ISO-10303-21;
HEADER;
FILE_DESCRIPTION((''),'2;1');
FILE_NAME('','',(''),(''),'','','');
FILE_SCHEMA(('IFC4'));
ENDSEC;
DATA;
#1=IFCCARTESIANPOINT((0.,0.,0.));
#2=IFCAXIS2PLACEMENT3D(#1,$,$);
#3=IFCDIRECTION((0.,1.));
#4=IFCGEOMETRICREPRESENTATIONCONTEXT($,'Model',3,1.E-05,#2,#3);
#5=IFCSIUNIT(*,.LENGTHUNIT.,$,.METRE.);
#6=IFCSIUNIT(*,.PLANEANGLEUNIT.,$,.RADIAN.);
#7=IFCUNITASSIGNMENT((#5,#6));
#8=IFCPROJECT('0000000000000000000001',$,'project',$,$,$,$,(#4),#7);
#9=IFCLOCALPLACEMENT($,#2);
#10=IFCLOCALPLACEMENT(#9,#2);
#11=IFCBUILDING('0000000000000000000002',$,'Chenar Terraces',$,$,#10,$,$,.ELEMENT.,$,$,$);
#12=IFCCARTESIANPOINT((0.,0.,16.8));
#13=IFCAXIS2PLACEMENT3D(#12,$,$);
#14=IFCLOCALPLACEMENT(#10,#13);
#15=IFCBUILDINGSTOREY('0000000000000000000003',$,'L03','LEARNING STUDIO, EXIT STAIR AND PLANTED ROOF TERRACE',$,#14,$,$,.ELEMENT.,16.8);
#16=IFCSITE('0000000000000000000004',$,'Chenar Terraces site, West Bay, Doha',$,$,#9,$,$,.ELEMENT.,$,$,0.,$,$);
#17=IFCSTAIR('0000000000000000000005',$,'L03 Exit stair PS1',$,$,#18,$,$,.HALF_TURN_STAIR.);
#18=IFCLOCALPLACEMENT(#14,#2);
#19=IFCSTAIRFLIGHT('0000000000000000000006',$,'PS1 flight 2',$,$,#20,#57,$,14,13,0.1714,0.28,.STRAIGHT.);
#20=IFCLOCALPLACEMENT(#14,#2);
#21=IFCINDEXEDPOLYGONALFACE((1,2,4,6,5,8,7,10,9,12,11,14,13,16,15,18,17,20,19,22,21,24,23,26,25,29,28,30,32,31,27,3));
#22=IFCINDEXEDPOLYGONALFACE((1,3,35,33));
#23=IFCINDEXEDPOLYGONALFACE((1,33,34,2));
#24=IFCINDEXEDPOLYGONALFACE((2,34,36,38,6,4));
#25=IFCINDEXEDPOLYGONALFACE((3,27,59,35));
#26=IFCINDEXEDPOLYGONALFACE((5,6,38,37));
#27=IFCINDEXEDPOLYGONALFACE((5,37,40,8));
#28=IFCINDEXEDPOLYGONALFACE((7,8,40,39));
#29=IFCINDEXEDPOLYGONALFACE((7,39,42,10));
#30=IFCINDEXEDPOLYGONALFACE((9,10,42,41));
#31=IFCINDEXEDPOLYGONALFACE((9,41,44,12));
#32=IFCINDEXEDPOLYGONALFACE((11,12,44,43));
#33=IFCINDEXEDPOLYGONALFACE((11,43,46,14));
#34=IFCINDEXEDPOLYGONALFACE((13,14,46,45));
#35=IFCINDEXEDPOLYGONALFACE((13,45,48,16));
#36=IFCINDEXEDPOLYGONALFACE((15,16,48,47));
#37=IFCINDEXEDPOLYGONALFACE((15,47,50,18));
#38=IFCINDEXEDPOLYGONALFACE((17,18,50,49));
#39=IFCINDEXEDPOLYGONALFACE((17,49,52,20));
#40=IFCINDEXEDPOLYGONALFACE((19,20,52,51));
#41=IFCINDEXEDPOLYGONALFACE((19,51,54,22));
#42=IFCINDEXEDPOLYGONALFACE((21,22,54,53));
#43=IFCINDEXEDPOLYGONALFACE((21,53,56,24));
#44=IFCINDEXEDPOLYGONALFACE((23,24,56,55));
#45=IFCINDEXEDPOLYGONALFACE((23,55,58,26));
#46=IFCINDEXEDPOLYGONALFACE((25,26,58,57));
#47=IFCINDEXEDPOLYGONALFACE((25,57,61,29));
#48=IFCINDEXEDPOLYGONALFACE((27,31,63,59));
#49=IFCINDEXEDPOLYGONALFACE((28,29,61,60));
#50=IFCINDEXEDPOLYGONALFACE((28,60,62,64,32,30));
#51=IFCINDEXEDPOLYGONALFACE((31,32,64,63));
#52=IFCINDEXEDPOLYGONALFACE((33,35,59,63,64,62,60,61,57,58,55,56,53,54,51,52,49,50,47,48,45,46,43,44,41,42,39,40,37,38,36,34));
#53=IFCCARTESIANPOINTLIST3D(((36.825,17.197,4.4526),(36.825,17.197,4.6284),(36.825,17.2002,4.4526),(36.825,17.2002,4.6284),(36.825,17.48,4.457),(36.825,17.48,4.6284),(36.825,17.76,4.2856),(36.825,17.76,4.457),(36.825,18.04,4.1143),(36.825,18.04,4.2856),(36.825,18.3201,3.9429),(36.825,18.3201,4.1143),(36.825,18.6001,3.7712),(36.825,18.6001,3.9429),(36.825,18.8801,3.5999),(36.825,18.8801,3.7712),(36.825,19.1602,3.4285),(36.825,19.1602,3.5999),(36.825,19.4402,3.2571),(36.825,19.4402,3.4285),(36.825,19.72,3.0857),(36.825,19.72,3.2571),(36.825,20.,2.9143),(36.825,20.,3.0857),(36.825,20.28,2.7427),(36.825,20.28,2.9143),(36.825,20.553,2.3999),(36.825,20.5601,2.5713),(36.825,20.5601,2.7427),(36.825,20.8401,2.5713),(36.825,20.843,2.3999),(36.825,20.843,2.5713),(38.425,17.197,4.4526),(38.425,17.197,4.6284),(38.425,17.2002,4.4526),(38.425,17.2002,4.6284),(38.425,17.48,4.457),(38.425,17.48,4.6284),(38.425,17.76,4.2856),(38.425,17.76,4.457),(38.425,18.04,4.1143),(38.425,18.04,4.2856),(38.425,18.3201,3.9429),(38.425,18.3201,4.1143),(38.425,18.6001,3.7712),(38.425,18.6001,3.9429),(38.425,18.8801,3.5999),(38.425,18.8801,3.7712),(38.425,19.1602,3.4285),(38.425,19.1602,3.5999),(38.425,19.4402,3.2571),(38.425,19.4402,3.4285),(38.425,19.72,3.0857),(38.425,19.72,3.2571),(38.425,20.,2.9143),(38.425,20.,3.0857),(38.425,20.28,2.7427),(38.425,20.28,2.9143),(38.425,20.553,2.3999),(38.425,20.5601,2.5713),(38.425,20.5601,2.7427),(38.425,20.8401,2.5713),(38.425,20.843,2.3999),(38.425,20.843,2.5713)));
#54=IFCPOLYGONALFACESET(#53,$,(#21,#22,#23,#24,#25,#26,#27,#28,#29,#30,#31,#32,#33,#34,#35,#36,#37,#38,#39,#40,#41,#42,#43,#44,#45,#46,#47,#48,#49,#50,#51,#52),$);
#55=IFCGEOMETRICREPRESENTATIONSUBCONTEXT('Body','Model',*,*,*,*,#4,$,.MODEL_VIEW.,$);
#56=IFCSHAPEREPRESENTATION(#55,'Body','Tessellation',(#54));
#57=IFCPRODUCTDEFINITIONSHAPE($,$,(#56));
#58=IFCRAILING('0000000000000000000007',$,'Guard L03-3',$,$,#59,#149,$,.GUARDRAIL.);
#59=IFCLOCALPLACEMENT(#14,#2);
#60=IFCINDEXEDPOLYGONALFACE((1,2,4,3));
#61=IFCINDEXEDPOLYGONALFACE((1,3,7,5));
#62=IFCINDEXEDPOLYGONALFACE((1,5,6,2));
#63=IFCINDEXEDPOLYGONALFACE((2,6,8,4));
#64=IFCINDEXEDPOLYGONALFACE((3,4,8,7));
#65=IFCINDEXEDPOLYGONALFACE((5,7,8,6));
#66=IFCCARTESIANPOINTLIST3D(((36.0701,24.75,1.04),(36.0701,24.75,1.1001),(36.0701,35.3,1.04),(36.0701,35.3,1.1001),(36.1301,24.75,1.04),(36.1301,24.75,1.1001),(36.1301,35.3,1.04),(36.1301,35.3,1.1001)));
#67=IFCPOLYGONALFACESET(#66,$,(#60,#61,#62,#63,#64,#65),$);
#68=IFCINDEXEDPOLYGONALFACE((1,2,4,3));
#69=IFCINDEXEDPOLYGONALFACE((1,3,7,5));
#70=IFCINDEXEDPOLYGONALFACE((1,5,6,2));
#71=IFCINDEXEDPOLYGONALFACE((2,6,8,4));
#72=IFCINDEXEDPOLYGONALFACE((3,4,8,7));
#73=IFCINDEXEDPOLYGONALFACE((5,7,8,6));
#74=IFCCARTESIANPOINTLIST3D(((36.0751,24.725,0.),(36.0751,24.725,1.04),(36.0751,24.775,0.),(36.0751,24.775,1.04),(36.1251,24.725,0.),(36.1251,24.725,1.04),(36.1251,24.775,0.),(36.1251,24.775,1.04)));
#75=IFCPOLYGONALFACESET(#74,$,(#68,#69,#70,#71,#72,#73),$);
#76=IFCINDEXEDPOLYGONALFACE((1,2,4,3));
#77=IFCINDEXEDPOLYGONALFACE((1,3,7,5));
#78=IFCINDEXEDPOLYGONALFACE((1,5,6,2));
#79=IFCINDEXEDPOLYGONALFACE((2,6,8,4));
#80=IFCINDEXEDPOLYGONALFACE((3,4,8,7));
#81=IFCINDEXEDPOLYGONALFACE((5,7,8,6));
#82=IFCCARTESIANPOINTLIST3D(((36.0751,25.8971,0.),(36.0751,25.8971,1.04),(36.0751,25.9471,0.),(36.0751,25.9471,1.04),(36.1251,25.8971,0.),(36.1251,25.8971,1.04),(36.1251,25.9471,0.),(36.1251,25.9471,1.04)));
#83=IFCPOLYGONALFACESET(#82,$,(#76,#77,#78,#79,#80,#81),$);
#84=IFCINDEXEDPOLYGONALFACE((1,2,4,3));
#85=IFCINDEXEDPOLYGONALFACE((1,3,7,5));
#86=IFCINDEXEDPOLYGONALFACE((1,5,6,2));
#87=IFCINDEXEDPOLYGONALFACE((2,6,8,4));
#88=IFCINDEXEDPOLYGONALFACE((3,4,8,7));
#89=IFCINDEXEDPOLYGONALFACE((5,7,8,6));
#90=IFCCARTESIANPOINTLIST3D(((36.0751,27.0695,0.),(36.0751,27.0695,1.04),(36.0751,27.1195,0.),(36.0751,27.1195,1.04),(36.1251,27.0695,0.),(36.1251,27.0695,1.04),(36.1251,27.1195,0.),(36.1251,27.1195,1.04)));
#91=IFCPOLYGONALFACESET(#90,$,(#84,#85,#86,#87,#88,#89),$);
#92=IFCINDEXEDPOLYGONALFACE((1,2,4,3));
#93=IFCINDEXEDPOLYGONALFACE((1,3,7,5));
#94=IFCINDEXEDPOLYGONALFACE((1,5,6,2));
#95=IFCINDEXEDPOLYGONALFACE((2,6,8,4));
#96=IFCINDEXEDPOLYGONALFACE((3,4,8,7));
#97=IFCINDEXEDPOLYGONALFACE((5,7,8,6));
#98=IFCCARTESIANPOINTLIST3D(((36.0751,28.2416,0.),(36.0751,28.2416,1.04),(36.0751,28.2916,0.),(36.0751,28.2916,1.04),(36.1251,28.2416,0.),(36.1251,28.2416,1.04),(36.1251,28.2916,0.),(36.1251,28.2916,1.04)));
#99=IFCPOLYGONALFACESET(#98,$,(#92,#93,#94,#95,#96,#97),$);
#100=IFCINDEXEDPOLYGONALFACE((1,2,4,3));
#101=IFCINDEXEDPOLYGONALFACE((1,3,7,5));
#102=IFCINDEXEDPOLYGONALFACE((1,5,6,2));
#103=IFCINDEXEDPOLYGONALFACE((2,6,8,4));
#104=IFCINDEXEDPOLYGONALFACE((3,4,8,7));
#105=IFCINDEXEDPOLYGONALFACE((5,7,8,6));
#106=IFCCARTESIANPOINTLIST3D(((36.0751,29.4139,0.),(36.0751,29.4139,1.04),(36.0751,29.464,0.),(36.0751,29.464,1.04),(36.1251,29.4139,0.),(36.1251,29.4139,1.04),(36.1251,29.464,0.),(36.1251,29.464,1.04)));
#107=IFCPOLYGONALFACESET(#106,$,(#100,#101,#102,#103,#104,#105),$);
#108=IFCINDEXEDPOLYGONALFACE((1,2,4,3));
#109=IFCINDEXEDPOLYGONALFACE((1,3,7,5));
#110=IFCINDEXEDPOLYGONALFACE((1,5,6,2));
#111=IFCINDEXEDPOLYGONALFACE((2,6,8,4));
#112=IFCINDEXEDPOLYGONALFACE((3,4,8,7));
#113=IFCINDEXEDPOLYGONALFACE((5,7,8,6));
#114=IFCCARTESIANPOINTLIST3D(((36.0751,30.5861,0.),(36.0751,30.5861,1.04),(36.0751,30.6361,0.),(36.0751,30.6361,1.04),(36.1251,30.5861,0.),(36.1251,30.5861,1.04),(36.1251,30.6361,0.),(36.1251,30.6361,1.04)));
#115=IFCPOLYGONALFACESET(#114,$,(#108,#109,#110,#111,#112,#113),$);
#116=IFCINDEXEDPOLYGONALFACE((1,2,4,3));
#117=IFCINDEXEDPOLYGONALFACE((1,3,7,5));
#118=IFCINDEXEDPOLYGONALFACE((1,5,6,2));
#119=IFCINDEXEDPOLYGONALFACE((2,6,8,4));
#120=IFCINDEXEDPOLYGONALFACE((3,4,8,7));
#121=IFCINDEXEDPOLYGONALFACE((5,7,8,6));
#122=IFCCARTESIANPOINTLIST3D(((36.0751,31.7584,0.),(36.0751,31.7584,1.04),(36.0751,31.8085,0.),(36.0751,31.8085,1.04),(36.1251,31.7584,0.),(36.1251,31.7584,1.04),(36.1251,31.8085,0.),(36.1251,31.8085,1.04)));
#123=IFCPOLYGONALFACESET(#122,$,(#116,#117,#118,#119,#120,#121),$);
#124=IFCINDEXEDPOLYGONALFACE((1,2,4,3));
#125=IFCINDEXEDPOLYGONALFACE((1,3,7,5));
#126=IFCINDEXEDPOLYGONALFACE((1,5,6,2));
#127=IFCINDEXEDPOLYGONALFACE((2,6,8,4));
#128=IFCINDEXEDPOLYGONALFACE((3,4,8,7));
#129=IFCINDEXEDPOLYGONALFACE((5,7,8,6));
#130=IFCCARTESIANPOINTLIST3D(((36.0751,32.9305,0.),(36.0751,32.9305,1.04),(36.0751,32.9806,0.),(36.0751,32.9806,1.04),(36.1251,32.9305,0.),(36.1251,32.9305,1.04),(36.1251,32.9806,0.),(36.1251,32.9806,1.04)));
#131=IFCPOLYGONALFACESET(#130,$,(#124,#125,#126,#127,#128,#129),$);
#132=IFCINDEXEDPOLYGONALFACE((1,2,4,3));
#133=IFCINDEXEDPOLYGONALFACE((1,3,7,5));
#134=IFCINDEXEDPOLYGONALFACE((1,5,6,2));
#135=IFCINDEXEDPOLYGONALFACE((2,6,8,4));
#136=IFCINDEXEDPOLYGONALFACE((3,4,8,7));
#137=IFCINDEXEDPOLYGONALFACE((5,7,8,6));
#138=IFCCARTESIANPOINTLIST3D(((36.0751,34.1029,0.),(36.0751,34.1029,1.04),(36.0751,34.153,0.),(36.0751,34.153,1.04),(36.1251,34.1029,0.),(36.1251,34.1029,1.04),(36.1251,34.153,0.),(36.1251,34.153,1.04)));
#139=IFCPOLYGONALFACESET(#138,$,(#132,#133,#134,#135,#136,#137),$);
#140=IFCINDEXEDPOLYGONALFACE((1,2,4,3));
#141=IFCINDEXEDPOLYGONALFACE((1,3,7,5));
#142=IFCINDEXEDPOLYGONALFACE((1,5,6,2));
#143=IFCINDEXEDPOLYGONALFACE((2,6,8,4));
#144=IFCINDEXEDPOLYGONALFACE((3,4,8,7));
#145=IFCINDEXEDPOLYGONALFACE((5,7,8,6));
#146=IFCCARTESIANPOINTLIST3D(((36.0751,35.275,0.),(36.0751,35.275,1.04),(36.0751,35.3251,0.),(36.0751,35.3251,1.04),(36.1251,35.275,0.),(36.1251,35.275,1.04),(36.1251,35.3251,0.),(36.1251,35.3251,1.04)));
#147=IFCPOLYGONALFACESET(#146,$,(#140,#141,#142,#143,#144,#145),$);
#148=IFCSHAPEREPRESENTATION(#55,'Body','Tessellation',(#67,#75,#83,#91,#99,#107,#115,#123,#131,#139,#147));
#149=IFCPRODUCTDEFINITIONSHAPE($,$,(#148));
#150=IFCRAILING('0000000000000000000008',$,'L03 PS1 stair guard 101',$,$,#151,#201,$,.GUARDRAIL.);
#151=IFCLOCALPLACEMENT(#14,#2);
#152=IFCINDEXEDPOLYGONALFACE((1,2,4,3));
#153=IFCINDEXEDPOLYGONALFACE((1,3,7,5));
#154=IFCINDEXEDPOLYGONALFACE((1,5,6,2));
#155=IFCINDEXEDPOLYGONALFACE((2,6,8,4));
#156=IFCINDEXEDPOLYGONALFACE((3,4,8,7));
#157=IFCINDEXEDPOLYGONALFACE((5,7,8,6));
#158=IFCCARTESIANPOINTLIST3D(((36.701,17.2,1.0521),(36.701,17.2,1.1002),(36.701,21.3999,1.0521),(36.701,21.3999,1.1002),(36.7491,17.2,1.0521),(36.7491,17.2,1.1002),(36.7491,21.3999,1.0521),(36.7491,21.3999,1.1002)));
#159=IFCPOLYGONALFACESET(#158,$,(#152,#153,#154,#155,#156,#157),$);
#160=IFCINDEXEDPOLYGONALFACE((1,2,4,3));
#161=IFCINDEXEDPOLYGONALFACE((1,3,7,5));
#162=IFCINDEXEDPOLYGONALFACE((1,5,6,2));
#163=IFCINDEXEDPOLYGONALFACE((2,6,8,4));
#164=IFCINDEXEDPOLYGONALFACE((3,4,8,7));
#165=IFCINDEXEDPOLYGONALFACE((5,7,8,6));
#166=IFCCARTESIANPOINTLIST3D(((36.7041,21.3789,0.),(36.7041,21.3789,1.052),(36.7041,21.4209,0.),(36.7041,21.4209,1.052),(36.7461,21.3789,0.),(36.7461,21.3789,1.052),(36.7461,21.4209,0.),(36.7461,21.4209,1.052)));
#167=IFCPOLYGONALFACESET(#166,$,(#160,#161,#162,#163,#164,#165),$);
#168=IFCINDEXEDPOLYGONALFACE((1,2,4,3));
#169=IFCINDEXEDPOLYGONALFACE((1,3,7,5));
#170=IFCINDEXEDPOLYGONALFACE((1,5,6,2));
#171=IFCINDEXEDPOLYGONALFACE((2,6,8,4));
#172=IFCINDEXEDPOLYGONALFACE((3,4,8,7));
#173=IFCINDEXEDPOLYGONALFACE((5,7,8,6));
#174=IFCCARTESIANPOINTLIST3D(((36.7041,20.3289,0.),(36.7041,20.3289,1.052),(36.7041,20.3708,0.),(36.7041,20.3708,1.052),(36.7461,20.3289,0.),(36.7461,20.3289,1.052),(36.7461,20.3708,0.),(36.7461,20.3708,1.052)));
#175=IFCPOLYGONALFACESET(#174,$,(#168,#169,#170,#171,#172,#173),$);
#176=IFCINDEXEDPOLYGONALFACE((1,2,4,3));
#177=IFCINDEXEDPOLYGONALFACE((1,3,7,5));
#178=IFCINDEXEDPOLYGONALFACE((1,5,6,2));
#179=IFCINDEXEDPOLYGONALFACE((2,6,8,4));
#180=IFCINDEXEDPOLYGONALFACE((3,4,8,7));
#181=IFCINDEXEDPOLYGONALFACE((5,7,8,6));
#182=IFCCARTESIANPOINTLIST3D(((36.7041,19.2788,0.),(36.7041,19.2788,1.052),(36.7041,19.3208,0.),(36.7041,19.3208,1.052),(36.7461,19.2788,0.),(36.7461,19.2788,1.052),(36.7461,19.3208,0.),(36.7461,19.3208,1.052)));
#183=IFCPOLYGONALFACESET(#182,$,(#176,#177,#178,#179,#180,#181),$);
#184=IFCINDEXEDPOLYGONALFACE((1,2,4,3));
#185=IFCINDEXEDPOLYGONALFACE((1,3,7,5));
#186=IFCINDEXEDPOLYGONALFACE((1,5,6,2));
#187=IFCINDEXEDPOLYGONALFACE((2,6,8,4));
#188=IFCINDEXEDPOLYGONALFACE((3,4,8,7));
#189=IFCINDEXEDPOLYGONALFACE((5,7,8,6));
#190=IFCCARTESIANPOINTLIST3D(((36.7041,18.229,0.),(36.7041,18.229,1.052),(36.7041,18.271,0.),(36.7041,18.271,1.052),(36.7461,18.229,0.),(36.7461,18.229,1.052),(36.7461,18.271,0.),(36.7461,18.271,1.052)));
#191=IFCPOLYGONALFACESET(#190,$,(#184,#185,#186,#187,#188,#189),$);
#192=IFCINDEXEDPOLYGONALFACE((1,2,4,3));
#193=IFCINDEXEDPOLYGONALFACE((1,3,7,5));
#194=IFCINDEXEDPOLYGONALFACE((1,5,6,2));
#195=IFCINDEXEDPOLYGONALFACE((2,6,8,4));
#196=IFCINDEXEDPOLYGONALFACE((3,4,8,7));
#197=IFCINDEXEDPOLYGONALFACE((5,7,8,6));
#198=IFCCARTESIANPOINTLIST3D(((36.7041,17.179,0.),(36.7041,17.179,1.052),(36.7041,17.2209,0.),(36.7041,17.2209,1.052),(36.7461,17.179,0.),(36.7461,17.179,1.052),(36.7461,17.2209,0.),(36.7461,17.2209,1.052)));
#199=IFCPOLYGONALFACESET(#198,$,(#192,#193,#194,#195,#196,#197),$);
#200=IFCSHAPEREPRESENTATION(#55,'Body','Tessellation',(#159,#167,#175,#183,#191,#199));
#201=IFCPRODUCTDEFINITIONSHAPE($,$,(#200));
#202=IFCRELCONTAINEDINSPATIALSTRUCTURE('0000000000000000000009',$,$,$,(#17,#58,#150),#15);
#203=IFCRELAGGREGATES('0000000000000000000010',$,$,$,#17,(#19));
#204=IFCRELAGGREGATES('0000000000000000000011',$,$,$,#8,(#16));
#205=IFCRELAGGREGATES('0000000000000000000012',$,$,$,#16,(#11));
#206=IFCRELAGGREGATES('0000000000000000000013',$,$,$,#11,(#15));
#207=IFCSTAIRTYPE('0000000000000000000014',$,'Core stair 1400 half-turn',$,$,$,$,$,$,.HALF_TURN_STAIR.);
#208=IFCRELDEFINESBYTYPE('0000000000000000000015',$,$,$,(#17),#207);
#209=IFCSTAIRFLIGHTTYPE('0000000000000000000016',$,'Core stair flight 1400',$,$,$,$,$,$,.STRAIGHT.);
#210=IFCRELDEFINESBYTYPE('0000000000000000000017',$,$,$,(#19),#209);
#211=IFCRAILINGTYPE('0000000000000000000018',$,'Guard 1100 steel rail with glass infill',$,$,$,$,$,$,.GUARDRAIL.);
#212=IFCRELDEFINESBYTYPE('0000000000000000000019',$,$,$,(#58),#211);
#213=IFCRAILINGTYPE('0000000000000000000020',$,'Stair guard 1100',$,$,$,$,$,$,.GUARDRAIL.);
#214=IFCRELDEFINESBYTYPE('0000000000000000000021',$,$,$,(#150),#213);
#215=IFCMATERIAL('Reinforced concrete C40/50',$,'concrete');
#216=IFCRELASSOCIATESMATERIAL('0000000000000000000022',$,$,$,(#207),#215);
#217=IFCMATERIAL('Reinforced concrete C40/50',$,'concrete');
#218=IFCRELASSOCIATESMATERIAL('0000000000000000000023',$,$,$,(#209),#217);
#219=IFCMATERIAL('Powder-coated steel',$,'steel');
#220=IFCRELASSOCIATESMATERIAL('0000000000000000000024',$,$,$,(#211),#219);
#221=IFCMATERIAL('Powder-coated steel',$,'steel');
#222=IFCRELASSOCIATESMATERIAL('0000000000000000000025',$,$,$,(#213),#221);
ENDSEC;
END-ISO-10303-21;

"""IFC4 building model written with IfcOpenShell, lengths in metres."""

from ifc_helpers import new_model, si_unit, direction, frame, origin, origin_2d, place, context, subcontext, project, spatial, polyline, rectangle, outline, extrude, material, type_object, element, aggregate, save


model = new_model("IFC4")

# Units and contexts
model_context = context("Model", 3, precision=1e-05, world=origin(), true_north=direction((0.0, 1.0)))
body_context = subcontext(model_context, "Body", "Model", "MODEL_VIEW")
ifc_project = project(units=[si_unit("LENGTHUNIT", "METRE"), si_unit("PLANEANGLEUNIT", "RADIAN")], contexts=[model_context])

# Site, building, storey
site_placement = place(None, origin())
site = spatial("IfcSite", under=ifc_project, at=site_placement, Name="Chenar Terraces site, West Bay, Doha", CompositionType="ELEMENT", RefElevation=0.0)
building_placement = place(site_placement, origin())
building = spatial("IfcBuilding", under=site, at=building_placement, Name="Chenar Terraces", CompositionType="ELEMENT")
storey_placement = place(building_placement, frame((0.0, 0.0, 16.8)))
storey = spatial("IfcBuildingStorey", under=building, at=storey_placement, Name="L03", Description="LEARNING STUDIO, EXIT STAIR AND PLANTED ROOF TERRACE", CompositionType="ELEMENT", Elevation=16.8)

# Stair, stair flight
ifc_material_1 = material(Name="Reinforced concrete C40/50", Category="concrete")
stair_type = type_object("IfcStairType", Name="Core stair 1400 half-turn", PredefinedType="HALF_TURN_STAIR", material=ifc_material_1)
stair_placement = place(storey_placement, origin())
stair = element("IfcStair", 1, at=stair_placement, inside=storey, type_object=stair_type, Name="L03 Exit stair PS1", PredefinedType="HALF_TURN_STAIR")
ifc_material_2 = material(Name="Reinforced concrete C40/50", Category="concrete")
stair_flight_type = type_object("IfcStairFlightType", Name="Core stair flight 1400", PredefinedType="STRAIGHT", material=ifc_material_2)
stair_flight_placement = place(storey_placement, frame((37.625, 20.8401, 2.3999), z_axis=(0.0, 0.0, 1.0), x_axis=(0.0, -1.0, 0.0)))
stair_flight = element("IfcStairFlight", 2, at=stair_flight_placement, type_object=stair_flight_type, Name="PS1 flight 2", NumberOfRisers=14, NumberOfTreads=13, PredefinedType="STRAIGHT", RiserHeight=0.1714, TreadLength=0.28, context=body_context, shape_type="SweptSolid", body=[
    extrude(outline(polyline([(-0.0029, 0.0), (-0.0029, 0.1714), (0.0, 0.1714), (0.28, 0.1714), (0.28, 0.3428), (0.5601, 0.3428), (0.5601, 0.5144), (0.8401, 0.5144), (0.8401, 0.6858), (1.1201, 0.6858), (1.1201, 0.8572), (1.3999, 0.8572), (1.3999, 1.0286), (1.6799, 1.0286), (1.6799, 1.2), (1.96, 1.2), (1.96, 1.3713), (2.24, 1.3713), (2.24, 1.543), (2.52, 1.543), (2.52, 1.7144), (2.8, 1.7144), (2.8, 1.8857), (3.0801, 1.8857), (3.0801, 2.0571), (3.3601, 2.0571), (3.3601, 2.2285), (3.6399, 2.2285), (3.6431, 2.2285), (3.6431, 2.0527), (3.6399, 2.0527), (0.2871, 0.0), (-0.0029, 0.0)])), frame((0.0, 0.8, 0.0), z_axis=(0.0, -1.0, 0.0), x_axis=(1.0, 0.0, 0.0)), (0.0, 0.0, 1.0), 1.6001),
])
aggregate(stair, [stair_flight])

# Railings
ifc_material_3 = material(Name="Powder-coated steel", Category="steel")
railing_type_1 = type_object("IfcRailingType", Name="Guard 1100 steel rail with glass infill", PredefinedType="GUARDRAIL", material=ifc_material_3)
railing_1_placement = place(storey_placement, frame((36.1001, 24.75, 0.0)))
element("IfcRailing", 3, at=railing_1_placement, inside=storey, type_object=railing_type_1, Name="Guard L03-3", PredefinedType="GUARDRAIL", context=body_context, shape_type="SweptSolid", body=[
    extrude(rectangle(XDim=0.0601, YDim=0.0601, at=origin_2d()), frame((0.0, 0.0, 1.0701), z_axis=(0.0, 1.0, 0.0), x_axis=(-1.0, 0.0, 0.0)), (0.0, 0.0, 1.0), 10.55),
    extrude(rectangle(XDim=0.05, YDim=0.05, at=origin_2d()), origin(), (0.0, 0.0, 1.0), 1.04),
    extrude(rectangle(XDim=0.05, YDim=0.05, at=origin_2d()), frame((0.0, 1.1721, 0.0)), (0.0, 0.0, 1.0), 1.04),
    extrude(rectangle(XDim=0.05, YDim=0.05, at=origin_2d()), frame((0.0, 2.3445, 0.0)), (0.0, 0.0, 1.0), 1.04),
    extrude(rectangle(XDim=0.05, YDim=0.05, at=origin_2d()), frame((0.0, 3.5166, 0.0)), (0.0, 0.0, 1.0), 1.04),
    extrude(rectangle(XDim=0.05, YDim=0.05, at=origin_2d()), frame((0.0, 4.689, 0.0)), (0.0, 0.0, 1.0), 1.04),
    extrude(rectangle(XDim=0.05, YDim=0.05, at=origin_2d()), frame((0.0, 5.8611, 0.0)), (0.0, 0.0, 1.0), 1.04),
    extrude(rectangle(XDim=0.05, YDim=0.05, at=origin_2d()), frame((0.0, 7.0334, 0.0)), (0.0, 0.0, 1.0), 1.04),
    extrude(rectangle(XDim=0.05, YDim=0.05, at=origin_2d()), frame((0.0, 8.2056, 0.0)), (0.0, 0.0, 1.0), 1.04),
    extrude(rectangle(XDim=0.05, YDim=0.05, at=origin_2d()), frame((0.0, 9.3779, 0.0)), (0.0, 0.0, 1.0), 1.04),
    extrude(rectangle(XDim=0.05, YDim=0.05, at=origin_2d()), frame((0.0, 10.55, 0.0)), (0.0, 0.0, 1.0), 1.04),
])
ifc_material_4 = material(Name="Powder-coated steel", Category="steel")
railing_type_2 = type_object("IfcRailingType", Name="Stair guard 1100", PredefinedType="GUARDRAIL", material=ifc_material_4)
railing_2_placement = place(storey_placement, frame((36.7251, 21.3999, 0.0)))
element("IfcRailing", 4, at=railing_2_placement, inside=storey, type_object=railing_type_2, Name="L03 PS1 stair guard 101", PredefinedType="GUARDRAIL", context=body_context, shape_type="SweptSolid", body=[
    extrude(rectangle(XDim=0.0481, YDim=0.0481, at=origin_2d()), frame((0.0, 0.0, 1.0762), z_axis=(0.0, -1.0, 0.0), x_axis=(1.0, 0.0, 0.0)), (0.0, 0.0, 1.0), 4.2),
    extrude(rectangle(XDim=0.042, YDim=0.042, at=origin_2d()), origin(), (0.0, 0.0, 1.0), 1.052),
    extrude(rectangle(XDim=0.042, YDim=0.042, at=origin_2d()), frame((0.0, -1.05, 0.0)), (0.0, 0.0, 1.0), 1.052),
    extrude(rectangle(XDim=0.042, YDim=0.042, at=origin_2d()), frame((0.0, -2.1001, 0.0)), (0.0, 0.0, 1.0), 1.052),
    extrude(rectangle(XDim=0.042, YDim=0.042, at=origin_2d()), frame((0.0, -3.1499, 0.0)), (0.0, 0.0, 1.0), 1.052),
    extrude(rectangle(XDim=0.042, YDim=0.042, at=origin_2d()), frame((0.0, -4.2, 0.0)), (0.0, 0.0, 1.0), 1.052),
])

save(model, "model.ifc")
